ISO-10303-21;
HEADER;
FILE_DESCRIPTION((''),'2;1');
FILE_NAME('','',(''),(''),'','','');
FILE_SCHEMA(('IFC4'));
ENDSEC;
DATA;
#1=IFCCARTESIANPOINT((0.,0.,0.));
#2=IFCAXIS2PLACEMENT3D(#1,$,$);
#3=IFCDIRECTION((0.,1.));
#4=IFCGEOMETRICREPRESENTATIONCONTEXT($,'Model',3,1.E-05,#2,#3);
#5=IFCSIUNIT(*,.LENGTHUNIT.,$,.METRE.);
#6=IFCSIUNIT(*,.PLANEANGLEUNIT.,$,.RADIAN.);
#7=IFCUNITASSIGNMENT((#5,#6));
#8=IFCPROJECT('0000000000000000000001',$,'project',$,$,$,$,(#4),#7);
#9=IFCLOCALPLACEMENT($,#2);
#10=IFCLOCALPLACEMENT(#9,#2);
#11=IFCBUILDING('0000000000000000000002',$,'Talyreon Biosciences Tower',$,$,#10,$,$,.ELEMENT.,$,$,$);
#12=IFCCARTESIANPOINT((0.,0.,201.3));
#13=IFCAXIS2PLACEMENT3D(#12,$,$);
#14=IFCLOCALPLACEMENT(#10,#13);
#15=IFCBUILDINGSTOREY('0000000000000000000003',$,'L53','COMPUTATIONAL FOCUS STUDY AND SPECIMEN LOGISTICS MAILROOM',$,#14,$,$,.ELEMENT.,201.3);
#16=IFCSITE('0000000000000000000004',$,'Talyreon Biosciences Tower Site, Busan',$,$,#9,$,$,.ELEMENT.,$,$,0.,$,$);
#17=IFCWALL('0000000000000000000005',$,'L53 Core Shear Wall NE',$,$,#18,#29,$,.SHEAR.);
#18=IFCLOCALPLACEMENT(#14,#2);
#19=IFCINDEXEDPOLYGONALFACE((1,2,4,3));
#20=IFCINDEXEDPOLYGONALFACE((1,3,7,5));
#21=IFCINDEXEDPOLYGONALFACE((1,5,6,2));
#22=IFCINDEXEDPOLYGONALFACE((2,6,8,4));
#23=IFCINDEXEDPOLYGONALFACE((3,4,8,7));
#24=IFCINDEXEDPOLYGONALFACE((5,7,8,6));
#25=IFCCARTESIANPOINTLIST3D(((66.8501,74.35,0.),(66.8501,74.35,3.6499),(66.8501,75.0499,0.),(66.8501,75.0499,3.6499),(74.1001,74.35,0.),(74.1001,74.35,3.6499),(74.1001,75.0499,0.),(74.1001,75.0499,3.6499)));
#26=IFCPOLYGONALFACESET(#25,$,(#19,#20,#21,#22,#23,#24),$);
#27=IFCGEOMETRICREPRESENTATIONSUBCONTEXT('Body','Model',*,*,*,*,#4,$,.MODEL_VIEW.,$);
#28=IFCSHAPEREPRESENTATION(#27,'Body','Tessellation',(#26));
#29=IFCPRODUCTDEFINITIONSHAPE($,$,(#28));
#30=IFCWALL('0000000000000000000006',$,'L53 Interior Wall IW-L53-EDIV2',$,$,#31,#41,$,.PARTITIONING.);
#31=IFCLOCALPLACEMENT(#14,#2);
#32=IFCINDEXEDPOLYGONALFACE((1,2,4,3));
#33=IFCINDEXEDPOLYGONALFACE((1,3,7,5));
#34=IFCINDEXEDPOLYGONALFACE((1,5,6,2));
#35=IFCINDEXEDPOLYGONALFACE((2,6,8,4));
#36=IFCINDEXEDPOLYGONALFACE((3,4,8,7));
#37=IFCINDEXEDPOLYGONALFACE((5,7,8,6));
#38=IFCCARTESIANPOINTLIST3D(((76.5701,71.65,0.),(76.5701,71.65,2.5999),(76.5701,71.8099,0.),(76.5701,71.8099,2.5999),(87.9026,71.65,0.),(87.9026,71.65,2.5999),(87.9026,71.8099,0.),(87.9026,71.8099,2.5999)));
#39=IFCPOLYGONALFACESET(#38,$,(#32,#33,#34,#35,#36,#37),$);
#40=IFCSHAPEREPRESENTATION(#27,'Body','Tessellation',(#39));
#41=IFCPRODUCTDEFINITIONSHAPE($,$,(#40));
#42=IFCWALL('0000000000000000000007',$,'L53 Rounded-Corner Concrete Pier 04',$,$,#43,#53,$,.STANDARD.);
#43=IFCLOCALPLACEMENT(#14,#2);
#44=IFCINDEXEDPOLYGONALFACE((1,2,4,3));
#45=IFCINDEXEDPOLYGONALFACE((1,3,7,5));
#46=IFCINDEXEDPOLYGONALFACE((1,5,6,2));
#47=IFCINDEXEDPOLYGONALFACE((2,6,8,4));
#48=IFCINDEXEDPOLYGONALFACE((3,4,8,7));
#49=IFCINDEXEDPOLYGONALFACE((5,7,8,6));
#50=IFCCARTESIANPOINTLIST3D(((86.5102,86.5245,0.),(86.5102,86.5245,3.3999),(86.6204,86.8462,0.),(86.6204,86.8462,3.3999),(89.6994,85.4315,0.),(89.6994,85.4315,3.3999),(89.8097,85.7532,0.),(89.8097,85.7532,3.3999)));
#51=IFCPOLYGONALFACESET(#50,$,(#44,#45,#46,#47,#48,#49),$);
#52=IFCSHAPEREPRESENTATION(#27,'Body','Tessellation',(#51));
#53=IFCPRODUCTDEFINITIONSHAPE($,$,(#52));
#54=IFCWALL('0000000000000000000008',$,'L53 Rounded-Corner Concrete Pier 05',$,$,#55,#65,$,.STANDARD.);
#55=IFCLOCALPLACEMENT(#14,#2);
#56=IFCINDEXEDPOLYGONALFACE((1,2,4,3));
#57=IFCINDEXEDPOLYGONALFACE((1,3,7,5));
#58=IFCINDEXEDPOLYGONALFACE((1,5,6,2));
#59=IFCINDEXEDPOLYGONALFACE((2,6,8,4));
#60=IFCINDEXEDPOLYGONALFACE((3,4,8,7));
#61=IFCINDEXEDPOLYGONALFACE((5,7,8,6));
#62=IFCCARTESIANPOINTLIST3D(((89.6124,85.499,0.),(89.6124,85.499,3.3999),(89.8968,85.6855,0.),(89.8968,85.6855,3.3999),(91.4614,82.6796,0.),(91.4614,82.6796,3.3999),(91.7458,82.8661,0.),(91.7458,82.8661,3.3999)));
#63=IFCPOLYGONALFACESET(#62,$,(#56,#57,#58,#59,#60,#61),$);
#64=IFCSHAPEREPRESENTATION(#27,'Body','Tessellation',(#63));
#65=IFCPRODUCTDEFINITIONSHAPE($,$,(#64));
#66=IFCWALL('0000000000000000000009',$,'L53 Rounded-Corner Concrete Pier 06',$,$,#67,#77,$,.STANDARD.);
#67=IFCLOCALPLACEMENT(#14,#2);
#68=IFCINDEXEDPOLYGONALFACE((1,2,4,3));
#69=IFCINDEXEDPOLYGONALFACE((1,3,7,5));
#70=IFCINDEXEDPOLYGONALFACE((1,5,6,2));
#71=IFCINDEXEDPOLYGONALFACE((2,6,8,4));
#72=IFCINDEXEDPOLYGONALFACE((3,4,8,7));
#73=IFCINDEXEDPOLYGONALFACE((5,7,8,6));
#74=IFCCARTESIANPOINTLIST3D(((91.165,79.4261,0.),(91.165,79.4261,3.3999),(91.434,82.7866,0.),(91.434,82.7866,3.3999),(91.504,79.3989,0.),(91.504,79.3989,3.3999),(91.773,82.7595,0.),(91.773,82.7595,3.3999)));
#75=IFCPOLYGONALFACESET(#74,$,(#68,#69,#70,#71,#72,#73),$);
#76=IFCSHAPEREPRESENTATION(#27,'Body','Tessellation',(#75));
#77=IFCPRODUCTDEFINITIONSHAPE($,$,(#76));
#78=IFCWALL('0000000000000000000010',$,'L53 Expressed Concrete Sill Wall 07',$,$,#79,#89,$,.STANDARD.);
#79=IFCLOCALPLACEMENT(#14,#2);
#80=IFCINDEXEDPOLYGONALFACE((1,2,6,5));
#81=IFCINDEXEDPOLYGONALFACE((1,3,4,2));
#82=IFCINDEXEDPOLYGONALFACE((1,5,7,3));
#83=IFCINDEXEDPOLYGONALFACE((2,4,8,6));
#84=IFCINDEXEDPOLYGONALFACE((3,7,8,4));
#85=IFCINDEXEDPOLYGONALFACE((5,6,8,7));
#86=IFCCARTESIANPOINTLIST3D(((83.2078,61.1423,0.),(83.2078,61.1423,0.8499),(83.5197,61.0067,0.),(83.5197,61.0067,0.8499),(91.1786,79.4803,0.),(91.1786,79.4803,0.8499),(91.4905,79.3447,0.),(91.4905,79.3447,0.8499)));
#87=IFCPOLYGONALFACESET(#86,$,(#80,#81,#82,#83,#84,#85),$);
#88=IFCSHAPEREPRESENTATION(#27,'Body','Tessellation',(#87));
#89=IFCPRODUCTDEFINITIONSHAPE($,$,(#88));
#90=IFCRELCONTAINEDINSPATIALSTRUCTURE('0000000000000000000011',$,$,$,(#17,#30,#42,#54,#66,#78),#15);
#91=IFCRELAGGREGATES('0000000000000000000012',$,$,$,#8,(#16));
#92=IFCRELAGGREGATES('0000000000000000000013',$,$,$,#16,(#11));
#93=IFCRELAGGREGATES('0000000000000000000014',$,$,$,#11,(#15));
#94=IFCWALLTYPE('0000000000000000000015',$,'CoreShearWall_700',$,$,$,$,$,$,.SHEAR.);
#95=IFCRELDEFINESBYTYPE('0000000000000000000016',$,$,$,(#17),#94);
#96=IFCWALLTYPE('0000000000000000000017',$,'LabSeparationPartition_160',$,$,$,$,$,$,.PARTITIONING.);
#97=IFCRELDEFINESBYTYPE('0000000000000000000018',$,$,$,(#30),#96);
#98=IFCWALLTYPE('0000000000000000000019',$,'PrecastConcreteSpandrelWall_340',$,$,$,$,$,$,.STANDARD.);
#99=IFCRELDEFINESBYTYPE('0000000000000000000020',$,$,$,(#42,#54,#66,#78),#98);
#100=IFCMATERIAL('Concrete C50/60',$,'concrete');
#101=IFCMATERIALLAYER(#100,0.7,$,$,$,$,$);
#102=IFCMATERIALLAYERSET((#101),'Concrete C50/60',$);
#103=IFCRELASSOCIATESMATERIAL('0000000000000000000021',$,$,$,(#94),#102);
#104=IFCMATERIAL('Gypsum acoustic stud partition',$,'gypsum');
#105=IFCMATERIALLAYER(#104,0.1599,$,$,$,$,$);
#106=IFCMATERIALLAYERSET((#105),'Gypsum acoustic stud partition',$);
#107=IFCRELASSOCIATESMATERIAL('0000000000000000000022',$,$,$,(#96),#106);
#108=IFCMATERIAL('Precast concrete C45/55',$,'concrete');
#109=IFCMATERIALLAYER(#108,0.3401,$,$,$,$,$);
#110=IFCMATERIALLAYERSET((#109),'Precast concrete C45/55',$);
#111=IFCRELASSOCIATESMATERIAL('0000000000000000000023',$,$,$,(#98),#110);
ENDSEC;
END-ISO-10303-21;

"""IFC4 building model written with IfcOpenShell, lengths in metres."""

from ifc_helpers import new_model, si_unit, direction, frame, frame_2d, origin, place, context, subcontext, project, spatial, rectangle, extrude, material, layer, layer_set, type_object, element, save


model = new_model("IFC4")

# Units and contexts
model_context = context("Model", 3, precision=1e-05, world=origin(), true_north=direction((0.0, 1.0)))
body_context = subcontext(model_context, "Body", "Model", "MODEL_VIEW")
ifc_project = project(units=[si_unit("LENGTHUNIT", "METRE"), si_unit("PLANEANGLEUNIT", "RADIAN")], contexts=[model_context])

# Site, building, storey
site_placement = place(None, origin())
site = spatial("IfcSite", under=ifc_project, at=site_placement, Name="Talyreon Biosciences Tower Site, Busan", CompositionType="ELEMENT", RefElevation=0.0)
building_placement = place(site_placement, origin())
building = spatial("IfcBuilding", under=site, at=building_placement, Name="Talyreon Biosciences Tower", CompositionType="ELEMENT")
storey_placement = place(building_placement, frame((0.0, 0.0, 201.3)))
storey = spatial("IfcBuildingStorey", under=building, at=storey_placement, Name="L53", Description="COMPUTATIONAL FOCUS STUDY AND SPECIMEN LOGISTICS MAILROOM", CompositionType="ELEMENT", Elevation=201.3)

# Shared definitions
ifc_material_1 = material(Name="Concrete C50/60", Category="concrete")

# Shared definitions
ifc_material_2 = material(Name="Precast concrete C45/55", Category="concrete")

# Walls
ifc_layer_1 = layer(ifc_material_1, 0.7)
ifc_layer_set_1 = layer_set([ifc_layer_1], Name="Concrete C50/60")
wall_type_1 = type_object("IfcWallType", Name="CoreShearWall_700", PredefinedType="SHEAR", material=ifc_layer_set_1)
wall_1_placement = place(storey_placement, frame((74.1001, 74.7, 0.0), z_axis=(0.0, 0.0, 1.0), x_axis=(-1.0, 0.0, 0.0)))
element("IfcWall", 1, at=wall_1_placement, inside=storey, type_object=wall_type_1, Name="L53 Core Shear Wall NE", PredefinedType="SHEAR", context=body_context, shape_type="SweptSolid", body=[
    extrude(rectangle(XDim=7.25, YDim=0.7, at=frame_2d((3.625, 0.0))), origin(), (0.0, 0.0, 1.0), 3.6499),
])
ifc_material_3 = material(Name="Gypsum acoustic stud partition", Category="gypsum")
ifc_layer_2 = layer(ifc_material_3, 0.1599)
ifc_layer_set_2 = layer_set([ifc_layer_2], Name="Gypsum acoustic stud partition")
wall_type_2 = type_object("IfcWallType", Name="LabSeparationPartition_160", PredefinedType="PARTITIONING", material=ifc_layer_set_2)
wall_2_placement = place(storey_placement, frame((76.5701, 71.73, 0.0), z_axis=(0.0, 0.0, 1.0), x_axis=(1.0, 0.0, 0.0)))
element("IfcWall", 2, at=wall_2_placement, inside=storey, type_object=wall_type_2, Name="L53 Interior Wall IW-L53-EDIV2", PredefinedType="PARTITIONING", context=body_context, shape_type="SweptSolid", body=[
    extrude(rectangle(XDim=11.3325, YDim=0.1599, at=frame_2d((5.6663, 0.0))), origin(), (0.0, 0.0, 1.0), 2.5999),
])
ifc_layer_3 = layer(ifc_material_2, 0.3401)
ifc_layer_set_3 = layer_set([ifc_layer_3], Name="Precast concrete C45/55")
wall_type_3 = type_object("IfcWallType", Name="PrecastConcreteSpandrelWall_340", PredefinedType="STANDARD", material=ifc_layer_set_3)
wall_3_placement = place(storey_placement, frame((86.5654, 86.6853, 0.0), z_axis=(0.0, 0.0, 1.0), x_axis=(0.945985, -0.324211, 0.0)))
element("IfcWall", 3, at=wall_3_placement, inside=storey, type_object=wall_type_3, Name="L53 Rounded-Corner Concrete Pier 04", PredefinedType="STANDARD", context=body_context, shape_type="SweptSolid", body=[
    extrude(rectangle(XDim=3.3713, YDim=0.3401, at=frame_2d((1.6855, 0.0))), origin(), (0.0, 0.0, 1.0), 3.3999),
])
wall_4_placement = place(storey_placement, frame((89.7546, 85.5923, 0.0), z_axis=(0.0, 0.0, 1.0), x_axis=(0.548384, -0.836226, 0.0)))
element("IfcWall", 4, at=wall_4_placement, inside=storey, type_object=wall_type_3, Name="L53 Rounded-Corner Concrete Pier 05", PredefinedType="STANDARD", context=body_context, shape_type="SweptSolid", body=[
    extrude(rectangle(XDim=3.3716, YDim=0.3401, at=frame_2d((1.6858, 0.0))), origin(), (0.0, 0.0, 1.0), 3.3999),
])
wall_5_placement = place(storey_placement, frame((91.6035, 82.7729, 0.0), z_axis=(0.0, 0.0, 1.0), x_axis=(-0.079803, -0.996811, 0.0)))
element("IfcWall", 5, at=wall_5_placement, inside=storey, type_object=wall_type_3, Name="L53 Rounded-Corner Concrete Pier 06", PredefinedType="STANDARD", context=body_context, shape_type="SweptSolid", body=[
    extrude(rectangle(XDim=3.3713, YDim=0.3401, at=frame_2d((1.6855, 0.0))), origin(), (0.0, 0.0, 1.0), 3.3999),
])
wall_6_placement = place(storey_placement, frame((91.3345, 79.4124, 0.0), z_axis=(0.0, 0.0, 1.0), x_axis=(-0.39863, -0.917112, 0.0)))
element("IfcWall", 6, at=wall_6_placement, inside=storey, type_object=wall_type_3, Name="L53 Expressed Concrete Sill Wall 07", PredefinedType="STANDARD", context=body_context, shape_type="SweptSolid", body=[
    extrude(rectangle(XDim=19.9954, YDim=0.3401, at=frame_2d((9.9976, 0.0))), origin(), (0.0, 0.0, 1.0), 0.8499),
])

save(model, "model.ifc")
